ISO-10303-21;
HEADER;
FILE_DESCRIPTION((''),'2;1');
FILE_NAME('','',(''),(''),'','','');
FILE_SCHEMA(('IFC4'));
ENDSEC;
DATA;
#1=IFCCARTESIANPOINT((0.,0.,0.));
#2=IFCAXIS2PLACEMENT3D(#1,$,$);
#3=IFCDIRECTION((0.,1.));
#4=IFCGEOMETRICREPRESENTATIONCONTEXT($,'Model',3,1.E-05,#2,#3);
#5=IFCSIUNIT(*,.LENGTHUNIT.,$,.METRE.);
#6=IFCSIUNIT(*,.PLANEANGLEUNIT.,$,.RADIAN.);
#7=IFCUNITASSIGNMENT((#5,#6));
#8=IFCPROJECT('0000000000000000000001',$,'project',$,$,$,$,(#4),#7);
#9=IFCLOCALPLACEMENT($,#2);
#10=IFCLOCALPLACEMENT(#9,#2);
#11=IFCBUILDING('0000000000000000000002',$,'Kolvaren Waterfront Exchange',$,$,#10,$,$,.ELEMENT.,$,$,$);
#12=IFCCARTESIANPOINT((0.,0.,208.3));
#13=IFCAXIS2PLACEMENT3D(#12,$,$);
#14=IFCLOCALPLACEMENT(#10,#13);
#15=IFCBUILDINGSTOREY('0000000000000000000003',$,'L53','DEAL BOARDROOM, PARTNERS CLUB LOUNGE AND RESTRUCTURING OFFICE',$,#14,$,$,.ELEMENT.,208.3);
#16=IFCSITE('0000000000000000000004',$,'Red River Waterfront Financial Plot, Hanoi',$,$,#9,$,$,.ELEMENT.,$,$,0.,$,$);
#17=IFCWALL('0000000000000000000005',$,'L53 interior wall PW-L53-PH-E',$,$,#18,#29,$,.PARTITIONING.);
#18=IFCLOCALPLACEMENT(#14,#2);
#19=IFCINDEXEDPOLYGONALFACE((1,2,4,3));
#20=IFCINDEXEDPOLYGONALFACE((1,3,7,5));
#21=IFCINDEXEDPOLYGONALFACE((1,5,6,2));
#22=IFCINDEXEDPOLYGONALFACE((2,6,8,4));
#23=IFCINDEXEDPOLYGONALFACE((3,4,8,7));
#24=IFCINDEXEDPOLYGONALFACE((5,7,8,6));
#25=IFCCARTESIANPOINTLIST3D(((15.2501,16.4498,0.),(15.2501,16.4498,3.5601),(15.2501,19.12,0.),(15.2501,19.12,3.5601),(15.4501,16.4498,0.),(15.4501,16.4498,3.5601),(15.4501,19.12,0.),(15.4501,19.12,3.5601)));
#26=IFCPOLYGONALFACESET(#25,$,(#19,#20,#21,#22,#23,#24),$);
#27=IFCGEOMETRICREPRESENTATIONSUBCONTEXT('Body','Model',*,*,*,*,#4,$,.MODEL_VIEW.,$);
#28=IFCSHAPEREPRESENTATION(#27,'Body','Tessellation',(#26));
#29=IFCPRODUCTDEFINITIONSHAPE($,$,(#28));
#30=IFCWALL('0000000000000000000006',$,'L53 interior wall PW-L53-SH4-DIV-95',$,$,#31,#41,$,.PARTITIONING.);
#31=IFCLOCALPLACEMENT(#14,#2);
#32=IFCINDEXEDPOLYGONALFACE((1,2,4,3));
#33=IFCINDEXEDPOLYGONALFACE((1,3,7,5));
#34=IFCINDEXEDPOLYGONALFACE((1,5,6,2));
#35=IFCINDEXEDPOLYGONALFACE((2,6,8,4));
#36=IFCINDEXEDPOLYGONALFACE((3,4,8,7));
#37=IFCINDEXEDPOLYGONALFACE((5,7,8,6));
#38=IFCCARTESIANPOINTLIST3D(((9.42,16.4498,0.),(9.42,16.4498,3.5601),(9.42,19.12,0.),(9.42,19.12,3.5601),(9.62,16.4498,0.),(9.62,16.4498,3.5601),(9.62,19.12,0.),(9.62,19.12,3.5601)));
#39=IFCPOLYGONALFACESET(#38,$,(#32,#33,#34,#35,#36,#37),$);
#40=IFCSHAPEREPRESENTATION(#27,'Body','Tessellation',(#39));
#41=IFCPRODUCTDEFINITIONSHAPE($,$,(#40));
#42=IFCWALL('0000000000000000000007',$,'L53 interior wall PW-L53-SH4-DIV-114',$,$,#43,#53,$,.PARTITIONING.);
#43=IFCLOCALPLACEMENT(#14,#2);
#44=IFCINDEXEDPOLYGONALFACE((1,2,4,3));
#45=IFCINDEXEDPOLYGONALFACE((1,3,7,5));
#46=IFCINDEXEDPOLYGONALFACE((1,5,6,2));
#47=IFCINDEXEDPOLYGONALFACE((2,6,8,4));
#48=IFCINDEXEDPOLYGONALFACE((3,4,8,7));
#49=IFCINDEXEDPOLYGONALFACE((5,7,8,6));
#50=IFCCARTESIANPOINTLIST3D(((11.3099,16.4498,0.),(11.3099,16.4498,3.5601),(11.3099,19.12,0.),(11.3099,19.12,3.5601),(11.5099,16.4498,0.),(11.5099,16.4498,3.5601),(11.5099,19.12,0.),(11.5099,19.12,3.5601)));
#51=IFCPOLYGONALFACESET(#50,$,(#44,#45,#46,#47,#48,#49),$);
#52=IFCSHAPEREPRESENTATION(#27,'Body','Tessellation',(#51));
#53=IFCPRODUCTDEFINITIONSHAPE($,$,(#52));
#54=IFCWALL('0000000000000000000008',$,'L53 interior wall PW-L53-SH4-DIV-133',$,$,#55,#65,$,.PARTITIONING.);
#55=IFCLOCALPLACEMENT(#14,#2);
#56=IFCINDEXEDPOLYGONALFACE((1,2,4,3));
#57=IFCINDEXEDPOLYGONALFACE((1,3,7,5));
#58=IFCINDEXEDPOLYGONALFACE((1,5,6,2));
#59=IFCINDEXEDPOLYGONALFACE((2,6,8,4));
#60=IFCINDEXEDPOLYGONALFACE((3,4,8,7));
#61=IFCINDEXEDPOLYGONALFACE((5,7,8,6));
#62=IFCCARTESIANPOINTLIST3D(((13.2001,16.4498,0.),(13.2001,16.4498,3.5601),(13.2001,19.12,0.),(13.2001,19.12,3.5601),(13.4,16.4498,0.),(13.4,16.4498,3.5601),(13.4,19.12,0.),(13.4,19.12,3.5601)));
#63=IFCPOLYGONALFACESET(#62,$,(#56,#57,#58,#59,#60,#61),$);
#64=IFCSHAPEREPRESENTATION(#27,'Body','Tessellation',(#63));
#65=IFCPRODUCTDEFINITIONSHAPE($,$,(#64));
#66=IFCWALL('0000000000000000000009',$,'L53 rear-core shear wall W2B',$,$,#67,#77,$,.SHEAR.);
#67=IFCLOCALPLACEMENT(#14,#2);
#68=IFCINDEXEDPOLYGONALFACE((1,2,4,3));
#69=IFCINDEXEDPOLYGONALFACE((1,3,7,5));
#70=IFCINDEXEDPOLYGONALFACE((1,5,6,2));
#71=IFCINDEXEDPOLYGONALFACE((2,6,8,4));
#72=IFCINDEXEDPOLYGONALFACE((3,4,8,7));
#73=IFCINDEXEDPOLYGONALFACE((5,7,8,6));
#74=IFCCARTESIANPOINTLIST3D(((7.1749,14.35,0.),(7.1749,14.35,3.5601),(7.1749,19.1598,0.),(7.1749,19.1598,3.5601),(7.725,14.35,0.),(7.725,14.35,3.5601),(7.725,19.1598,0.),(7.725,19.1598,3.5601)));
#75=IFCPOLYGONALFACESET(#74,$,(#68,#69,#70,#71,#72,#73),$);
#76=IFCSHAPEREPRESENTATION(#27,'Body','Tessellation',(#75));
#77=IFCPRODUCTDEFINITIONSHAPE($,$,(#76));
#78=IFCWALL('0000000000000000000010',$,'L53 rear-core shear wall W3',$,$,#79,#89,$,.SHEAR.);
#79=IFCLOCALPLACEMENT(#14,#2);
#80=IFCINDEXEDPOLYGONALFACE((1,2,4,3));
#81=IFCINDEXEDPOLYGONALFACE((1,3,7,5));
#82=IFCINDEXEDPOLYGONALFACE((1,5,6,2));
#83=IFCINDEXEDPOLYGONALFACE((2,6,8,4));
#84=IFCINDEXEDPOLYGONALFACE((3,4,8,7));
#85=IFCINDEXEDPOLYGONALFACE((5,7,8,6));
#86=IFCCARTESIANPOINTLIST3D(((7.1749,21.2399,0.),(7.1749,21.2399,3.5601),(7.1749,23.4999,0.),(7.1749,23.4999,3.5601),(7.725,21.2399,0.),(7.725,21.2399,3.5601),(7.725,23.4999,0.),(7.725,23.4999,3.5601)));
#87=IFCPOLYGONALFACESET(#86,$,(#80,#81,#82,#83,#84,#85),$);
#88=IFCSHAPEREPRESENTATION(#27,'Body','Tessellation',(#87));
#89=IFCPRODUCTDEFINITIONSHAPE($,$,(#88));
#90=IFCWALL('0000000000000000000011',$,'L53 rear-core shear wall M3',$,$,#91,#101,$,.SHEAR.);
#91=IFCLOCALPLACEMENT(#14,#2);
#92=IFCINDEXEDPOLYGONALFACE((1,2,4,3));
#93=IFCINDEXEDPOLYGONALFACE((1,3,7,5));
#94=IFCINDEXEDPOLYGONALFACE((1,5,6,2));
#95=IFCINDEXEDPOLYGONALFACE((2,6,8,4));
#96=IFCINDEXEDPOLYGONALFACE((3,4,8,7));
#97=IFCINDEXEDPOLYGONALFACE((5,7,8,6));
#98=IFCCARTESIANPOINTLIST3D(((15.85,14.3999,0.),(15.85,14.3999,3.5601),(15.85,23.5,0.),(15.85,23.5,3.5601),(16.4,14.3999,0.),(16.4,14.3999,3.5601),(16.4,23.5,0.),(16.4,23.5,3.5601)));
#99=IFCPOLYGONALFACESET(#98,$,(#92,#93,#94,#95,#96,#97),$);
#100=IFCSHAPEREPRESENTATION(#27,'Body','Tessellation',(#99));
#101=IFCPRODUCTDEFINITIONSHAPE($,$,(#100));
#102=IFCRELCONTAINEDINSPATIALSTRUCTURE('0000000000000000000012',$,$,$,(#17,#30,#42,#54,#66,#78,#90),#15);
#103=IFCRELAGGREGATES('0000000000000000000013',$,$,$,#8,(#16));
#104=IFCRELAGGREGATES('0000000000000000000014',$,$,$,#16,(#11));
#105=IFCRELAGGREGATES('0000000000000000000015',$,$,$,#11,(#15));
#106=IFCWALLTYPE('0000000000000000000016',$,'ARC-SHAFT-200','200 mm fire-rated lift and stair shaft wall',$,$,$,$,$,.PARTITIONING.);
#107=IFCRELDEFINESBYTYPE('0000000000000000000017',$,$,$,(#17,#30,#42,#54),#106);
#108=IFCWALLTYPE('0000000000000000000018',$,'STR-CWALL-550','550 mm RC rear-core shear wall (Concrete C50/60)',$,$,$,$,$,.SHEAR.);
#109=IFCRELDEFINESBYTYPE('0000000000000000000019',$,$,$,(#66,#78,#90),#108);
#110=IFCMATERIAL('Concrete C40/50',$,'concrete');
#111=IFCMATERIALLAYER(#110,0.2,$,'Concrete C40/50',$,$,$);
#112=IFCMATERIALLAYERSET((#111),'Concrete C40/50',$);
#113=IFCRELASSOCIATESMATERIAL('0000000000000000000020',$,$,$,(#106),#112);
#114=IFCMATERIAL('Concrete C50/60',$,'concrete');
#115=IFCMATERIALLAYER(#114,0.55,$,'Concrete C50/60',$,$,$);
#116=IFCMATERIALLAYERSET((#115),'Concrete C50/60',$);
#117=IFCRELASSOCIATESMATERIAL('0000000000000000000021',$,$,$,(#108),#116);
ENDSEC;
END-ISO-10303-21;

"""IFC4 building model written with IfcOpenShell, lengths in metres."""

from ifc_helpers import new_model, si_unit, direction, frame, frame_2d, origin, place, context, subcontext, project, spatial, rectangle, extrude, material, layer, layer_set, type_object, element, save


model = new_model("IFC4")

# Units and contexts
model_context = context("Model", 3, precision=1e-05, world=origin(), true_north=direction((0.0, 1.0)))
body_context = subcontext(model_context, "Body", "Model", "MODEL_VIEW")
ifc_project = project(units=[si_unit("LENGTHUNIT", "METRE"), si_unit("PLANEANGLEUNIT", "RADIAN")], contexts=[model_context])

# Site, building, storey
site_placement = place(None, origin())
site = spatial("IfcSite", under=ifc_project, at=site_placement, Name="Red River Waterfront Financial Plot, Hanoi", CompositionType="ELEMENT", RefElevation=0.0)
building_placement = place(site_placement, origin())
building = spatial("IfcBuilding", under=site, at=building_placement, Name="Kolvaren Waterfront Exchange", CompositionType="ELEMENT")
storey_placement = place(building_placement, frame((0.0, 0.0, 208.3)))
storey = spatial("IfcBuildingStorey", under=building, at=storey_placement, Name="L53", Description="DEAL BOARDROOM, PARTNERS CLUB LOUNGE AND RESTRUCTURING OFFICE", CompositionType="ELEMENT", Elevation=208.3)

# Walls
ifc_material_1 = material(Name="Concrete C40/50", Category="concrete")
ifc_layer_1 = layer(ifc_material_1, 0.2, Name="Concrete C40/50")
ifc_layer_set_1 = layer_set([ifc_layer_1], Name="Concrete C40/50")
wall_type_1 = type_object("IfcWallType", Name="ARC-SHAFT-200", Description="200 mm fire-rated lift and stair shaft wall", PredefinedType="PARTITIONING", material=ifc_layer_set_1)
for number, where, z_axis, x_axis, name in (
    (1, (15.3501, 16.45, 0.0), (0.0, 0.0, 1.0), (0.0, 1.0, 0.0), "L53 interior wall PW-L53-PH-E"),
    (2, (9.52, 16.45, 0.0), (0.0, 0.0, 1.0), (0.0, 1.0, 0.0), "L53 interior wall PW-L53-SH4-DIV-95"),
    (3, (11.4099, 16.45, 0.0), (0.0, 0.0, 1.0), (0.0, 1.0, 0.0), "L53 interior wall PW-L53-SH4-DIV-114"),
    (4, (13.3, 16.45, 0.0), (0.0, 0.0, 1.0), (0.0, 1.0, 0.0), "L53 interior wall PW-L53-SH4-DIV-133"),
):
    element("IfcWall", number, at=place(storey_placement, frame(where, z_axis=z_axis, x_axis=x_axis)), inside=storey, type_object=wall_type_1, Name=name, PredefinedType="PARTITIONING", context=body_context, shape_type="SweptSolid", body=[
        extrude(rectangle(XDim=2.6702, YDim=0.2, at=frame_2d((1.335, 0.0))), origin(), (0.0, 0.0, 1.0), 3.5601),
    ])
ifc_material_2 = material(Name="Concrete C50/60", Category="concrete")
ifc_layer_2 = layer(ifc_material_2, 0.55, Name="Concrete C50/60")
ifc_layer_set_2 = layer_set([ifc_layer_2], Name="Concrete C50/60")
wall_type_2 = type_object("IfcWallType", Name="STR-CWALL-550", Description="550 mm RC rear-core shear wall (Concrete C50/60)", PredefinedType="SHEAR", material=ifc_layer_set_2)
wall_1_placement = place(storey_placement, frame((7.45, 14.3501, 0.0), z_axis=(0.0, 0.0, 1.0), x_axis=(0.0, 1.0, 0.0)))
element("IfcWall", 5, at=wall_1_placement, inside=storey, type_object=wall_type_2, Name="L53 rear-core shear wall W2B", PredefinedType="SHEAR", context=body_context, shape_type="SweptSolid", body=[
    extrude(rectangle(XDim=4.8098, YDim=0.55, at=frame_2d((2.4048, 0.0))), origin(), (0.0, 0.0, 1.0), 3.5601),
])
wall_2_placement = place(storey_placement, frame((7.45, 21.24, 0.0), z_axis=(0.0, 0.0, 1.0), x_axis=(0.0, 1.0, 0.0)))
element("IfcWall", 6, at=wall_2_placement, inside=storey, type_object=wall_type_2, Name="L53 rear-core shear wall W3", PredefinedType="SHEAR", context=body_context, shape_type="SweptSolid", body=[
    extrude(rectangle(XDim=2.26, YDim=0.55, at=frame_2d((1.1299, 0.0))), origin(), (0.0, 0.0, 1.0), 3.5601),
])
wall_3_placement = place(storey_placement, frame((16.125, 14.3999, 0.0), z_axis=(0.0, 0.0, 1.0), x_axis=(0.0, 1.0, 0.0)))
element("IfcWall", 7, at=wall_3_placement, inside=storey, type_object=wall_type_2, Name="L53 rear-core shear wall M3", PredefinedType="SHEAR", context=body_context, shape_type="SweptSolid", body=[
    extrude(rectangle(XDim=9.1001, YDim=0.55, at=frame_2d((4.55, 0.0))), origin(), (0.0, 0.0, 1.0), 3.5601),
])

save(model, "model.ifc")
